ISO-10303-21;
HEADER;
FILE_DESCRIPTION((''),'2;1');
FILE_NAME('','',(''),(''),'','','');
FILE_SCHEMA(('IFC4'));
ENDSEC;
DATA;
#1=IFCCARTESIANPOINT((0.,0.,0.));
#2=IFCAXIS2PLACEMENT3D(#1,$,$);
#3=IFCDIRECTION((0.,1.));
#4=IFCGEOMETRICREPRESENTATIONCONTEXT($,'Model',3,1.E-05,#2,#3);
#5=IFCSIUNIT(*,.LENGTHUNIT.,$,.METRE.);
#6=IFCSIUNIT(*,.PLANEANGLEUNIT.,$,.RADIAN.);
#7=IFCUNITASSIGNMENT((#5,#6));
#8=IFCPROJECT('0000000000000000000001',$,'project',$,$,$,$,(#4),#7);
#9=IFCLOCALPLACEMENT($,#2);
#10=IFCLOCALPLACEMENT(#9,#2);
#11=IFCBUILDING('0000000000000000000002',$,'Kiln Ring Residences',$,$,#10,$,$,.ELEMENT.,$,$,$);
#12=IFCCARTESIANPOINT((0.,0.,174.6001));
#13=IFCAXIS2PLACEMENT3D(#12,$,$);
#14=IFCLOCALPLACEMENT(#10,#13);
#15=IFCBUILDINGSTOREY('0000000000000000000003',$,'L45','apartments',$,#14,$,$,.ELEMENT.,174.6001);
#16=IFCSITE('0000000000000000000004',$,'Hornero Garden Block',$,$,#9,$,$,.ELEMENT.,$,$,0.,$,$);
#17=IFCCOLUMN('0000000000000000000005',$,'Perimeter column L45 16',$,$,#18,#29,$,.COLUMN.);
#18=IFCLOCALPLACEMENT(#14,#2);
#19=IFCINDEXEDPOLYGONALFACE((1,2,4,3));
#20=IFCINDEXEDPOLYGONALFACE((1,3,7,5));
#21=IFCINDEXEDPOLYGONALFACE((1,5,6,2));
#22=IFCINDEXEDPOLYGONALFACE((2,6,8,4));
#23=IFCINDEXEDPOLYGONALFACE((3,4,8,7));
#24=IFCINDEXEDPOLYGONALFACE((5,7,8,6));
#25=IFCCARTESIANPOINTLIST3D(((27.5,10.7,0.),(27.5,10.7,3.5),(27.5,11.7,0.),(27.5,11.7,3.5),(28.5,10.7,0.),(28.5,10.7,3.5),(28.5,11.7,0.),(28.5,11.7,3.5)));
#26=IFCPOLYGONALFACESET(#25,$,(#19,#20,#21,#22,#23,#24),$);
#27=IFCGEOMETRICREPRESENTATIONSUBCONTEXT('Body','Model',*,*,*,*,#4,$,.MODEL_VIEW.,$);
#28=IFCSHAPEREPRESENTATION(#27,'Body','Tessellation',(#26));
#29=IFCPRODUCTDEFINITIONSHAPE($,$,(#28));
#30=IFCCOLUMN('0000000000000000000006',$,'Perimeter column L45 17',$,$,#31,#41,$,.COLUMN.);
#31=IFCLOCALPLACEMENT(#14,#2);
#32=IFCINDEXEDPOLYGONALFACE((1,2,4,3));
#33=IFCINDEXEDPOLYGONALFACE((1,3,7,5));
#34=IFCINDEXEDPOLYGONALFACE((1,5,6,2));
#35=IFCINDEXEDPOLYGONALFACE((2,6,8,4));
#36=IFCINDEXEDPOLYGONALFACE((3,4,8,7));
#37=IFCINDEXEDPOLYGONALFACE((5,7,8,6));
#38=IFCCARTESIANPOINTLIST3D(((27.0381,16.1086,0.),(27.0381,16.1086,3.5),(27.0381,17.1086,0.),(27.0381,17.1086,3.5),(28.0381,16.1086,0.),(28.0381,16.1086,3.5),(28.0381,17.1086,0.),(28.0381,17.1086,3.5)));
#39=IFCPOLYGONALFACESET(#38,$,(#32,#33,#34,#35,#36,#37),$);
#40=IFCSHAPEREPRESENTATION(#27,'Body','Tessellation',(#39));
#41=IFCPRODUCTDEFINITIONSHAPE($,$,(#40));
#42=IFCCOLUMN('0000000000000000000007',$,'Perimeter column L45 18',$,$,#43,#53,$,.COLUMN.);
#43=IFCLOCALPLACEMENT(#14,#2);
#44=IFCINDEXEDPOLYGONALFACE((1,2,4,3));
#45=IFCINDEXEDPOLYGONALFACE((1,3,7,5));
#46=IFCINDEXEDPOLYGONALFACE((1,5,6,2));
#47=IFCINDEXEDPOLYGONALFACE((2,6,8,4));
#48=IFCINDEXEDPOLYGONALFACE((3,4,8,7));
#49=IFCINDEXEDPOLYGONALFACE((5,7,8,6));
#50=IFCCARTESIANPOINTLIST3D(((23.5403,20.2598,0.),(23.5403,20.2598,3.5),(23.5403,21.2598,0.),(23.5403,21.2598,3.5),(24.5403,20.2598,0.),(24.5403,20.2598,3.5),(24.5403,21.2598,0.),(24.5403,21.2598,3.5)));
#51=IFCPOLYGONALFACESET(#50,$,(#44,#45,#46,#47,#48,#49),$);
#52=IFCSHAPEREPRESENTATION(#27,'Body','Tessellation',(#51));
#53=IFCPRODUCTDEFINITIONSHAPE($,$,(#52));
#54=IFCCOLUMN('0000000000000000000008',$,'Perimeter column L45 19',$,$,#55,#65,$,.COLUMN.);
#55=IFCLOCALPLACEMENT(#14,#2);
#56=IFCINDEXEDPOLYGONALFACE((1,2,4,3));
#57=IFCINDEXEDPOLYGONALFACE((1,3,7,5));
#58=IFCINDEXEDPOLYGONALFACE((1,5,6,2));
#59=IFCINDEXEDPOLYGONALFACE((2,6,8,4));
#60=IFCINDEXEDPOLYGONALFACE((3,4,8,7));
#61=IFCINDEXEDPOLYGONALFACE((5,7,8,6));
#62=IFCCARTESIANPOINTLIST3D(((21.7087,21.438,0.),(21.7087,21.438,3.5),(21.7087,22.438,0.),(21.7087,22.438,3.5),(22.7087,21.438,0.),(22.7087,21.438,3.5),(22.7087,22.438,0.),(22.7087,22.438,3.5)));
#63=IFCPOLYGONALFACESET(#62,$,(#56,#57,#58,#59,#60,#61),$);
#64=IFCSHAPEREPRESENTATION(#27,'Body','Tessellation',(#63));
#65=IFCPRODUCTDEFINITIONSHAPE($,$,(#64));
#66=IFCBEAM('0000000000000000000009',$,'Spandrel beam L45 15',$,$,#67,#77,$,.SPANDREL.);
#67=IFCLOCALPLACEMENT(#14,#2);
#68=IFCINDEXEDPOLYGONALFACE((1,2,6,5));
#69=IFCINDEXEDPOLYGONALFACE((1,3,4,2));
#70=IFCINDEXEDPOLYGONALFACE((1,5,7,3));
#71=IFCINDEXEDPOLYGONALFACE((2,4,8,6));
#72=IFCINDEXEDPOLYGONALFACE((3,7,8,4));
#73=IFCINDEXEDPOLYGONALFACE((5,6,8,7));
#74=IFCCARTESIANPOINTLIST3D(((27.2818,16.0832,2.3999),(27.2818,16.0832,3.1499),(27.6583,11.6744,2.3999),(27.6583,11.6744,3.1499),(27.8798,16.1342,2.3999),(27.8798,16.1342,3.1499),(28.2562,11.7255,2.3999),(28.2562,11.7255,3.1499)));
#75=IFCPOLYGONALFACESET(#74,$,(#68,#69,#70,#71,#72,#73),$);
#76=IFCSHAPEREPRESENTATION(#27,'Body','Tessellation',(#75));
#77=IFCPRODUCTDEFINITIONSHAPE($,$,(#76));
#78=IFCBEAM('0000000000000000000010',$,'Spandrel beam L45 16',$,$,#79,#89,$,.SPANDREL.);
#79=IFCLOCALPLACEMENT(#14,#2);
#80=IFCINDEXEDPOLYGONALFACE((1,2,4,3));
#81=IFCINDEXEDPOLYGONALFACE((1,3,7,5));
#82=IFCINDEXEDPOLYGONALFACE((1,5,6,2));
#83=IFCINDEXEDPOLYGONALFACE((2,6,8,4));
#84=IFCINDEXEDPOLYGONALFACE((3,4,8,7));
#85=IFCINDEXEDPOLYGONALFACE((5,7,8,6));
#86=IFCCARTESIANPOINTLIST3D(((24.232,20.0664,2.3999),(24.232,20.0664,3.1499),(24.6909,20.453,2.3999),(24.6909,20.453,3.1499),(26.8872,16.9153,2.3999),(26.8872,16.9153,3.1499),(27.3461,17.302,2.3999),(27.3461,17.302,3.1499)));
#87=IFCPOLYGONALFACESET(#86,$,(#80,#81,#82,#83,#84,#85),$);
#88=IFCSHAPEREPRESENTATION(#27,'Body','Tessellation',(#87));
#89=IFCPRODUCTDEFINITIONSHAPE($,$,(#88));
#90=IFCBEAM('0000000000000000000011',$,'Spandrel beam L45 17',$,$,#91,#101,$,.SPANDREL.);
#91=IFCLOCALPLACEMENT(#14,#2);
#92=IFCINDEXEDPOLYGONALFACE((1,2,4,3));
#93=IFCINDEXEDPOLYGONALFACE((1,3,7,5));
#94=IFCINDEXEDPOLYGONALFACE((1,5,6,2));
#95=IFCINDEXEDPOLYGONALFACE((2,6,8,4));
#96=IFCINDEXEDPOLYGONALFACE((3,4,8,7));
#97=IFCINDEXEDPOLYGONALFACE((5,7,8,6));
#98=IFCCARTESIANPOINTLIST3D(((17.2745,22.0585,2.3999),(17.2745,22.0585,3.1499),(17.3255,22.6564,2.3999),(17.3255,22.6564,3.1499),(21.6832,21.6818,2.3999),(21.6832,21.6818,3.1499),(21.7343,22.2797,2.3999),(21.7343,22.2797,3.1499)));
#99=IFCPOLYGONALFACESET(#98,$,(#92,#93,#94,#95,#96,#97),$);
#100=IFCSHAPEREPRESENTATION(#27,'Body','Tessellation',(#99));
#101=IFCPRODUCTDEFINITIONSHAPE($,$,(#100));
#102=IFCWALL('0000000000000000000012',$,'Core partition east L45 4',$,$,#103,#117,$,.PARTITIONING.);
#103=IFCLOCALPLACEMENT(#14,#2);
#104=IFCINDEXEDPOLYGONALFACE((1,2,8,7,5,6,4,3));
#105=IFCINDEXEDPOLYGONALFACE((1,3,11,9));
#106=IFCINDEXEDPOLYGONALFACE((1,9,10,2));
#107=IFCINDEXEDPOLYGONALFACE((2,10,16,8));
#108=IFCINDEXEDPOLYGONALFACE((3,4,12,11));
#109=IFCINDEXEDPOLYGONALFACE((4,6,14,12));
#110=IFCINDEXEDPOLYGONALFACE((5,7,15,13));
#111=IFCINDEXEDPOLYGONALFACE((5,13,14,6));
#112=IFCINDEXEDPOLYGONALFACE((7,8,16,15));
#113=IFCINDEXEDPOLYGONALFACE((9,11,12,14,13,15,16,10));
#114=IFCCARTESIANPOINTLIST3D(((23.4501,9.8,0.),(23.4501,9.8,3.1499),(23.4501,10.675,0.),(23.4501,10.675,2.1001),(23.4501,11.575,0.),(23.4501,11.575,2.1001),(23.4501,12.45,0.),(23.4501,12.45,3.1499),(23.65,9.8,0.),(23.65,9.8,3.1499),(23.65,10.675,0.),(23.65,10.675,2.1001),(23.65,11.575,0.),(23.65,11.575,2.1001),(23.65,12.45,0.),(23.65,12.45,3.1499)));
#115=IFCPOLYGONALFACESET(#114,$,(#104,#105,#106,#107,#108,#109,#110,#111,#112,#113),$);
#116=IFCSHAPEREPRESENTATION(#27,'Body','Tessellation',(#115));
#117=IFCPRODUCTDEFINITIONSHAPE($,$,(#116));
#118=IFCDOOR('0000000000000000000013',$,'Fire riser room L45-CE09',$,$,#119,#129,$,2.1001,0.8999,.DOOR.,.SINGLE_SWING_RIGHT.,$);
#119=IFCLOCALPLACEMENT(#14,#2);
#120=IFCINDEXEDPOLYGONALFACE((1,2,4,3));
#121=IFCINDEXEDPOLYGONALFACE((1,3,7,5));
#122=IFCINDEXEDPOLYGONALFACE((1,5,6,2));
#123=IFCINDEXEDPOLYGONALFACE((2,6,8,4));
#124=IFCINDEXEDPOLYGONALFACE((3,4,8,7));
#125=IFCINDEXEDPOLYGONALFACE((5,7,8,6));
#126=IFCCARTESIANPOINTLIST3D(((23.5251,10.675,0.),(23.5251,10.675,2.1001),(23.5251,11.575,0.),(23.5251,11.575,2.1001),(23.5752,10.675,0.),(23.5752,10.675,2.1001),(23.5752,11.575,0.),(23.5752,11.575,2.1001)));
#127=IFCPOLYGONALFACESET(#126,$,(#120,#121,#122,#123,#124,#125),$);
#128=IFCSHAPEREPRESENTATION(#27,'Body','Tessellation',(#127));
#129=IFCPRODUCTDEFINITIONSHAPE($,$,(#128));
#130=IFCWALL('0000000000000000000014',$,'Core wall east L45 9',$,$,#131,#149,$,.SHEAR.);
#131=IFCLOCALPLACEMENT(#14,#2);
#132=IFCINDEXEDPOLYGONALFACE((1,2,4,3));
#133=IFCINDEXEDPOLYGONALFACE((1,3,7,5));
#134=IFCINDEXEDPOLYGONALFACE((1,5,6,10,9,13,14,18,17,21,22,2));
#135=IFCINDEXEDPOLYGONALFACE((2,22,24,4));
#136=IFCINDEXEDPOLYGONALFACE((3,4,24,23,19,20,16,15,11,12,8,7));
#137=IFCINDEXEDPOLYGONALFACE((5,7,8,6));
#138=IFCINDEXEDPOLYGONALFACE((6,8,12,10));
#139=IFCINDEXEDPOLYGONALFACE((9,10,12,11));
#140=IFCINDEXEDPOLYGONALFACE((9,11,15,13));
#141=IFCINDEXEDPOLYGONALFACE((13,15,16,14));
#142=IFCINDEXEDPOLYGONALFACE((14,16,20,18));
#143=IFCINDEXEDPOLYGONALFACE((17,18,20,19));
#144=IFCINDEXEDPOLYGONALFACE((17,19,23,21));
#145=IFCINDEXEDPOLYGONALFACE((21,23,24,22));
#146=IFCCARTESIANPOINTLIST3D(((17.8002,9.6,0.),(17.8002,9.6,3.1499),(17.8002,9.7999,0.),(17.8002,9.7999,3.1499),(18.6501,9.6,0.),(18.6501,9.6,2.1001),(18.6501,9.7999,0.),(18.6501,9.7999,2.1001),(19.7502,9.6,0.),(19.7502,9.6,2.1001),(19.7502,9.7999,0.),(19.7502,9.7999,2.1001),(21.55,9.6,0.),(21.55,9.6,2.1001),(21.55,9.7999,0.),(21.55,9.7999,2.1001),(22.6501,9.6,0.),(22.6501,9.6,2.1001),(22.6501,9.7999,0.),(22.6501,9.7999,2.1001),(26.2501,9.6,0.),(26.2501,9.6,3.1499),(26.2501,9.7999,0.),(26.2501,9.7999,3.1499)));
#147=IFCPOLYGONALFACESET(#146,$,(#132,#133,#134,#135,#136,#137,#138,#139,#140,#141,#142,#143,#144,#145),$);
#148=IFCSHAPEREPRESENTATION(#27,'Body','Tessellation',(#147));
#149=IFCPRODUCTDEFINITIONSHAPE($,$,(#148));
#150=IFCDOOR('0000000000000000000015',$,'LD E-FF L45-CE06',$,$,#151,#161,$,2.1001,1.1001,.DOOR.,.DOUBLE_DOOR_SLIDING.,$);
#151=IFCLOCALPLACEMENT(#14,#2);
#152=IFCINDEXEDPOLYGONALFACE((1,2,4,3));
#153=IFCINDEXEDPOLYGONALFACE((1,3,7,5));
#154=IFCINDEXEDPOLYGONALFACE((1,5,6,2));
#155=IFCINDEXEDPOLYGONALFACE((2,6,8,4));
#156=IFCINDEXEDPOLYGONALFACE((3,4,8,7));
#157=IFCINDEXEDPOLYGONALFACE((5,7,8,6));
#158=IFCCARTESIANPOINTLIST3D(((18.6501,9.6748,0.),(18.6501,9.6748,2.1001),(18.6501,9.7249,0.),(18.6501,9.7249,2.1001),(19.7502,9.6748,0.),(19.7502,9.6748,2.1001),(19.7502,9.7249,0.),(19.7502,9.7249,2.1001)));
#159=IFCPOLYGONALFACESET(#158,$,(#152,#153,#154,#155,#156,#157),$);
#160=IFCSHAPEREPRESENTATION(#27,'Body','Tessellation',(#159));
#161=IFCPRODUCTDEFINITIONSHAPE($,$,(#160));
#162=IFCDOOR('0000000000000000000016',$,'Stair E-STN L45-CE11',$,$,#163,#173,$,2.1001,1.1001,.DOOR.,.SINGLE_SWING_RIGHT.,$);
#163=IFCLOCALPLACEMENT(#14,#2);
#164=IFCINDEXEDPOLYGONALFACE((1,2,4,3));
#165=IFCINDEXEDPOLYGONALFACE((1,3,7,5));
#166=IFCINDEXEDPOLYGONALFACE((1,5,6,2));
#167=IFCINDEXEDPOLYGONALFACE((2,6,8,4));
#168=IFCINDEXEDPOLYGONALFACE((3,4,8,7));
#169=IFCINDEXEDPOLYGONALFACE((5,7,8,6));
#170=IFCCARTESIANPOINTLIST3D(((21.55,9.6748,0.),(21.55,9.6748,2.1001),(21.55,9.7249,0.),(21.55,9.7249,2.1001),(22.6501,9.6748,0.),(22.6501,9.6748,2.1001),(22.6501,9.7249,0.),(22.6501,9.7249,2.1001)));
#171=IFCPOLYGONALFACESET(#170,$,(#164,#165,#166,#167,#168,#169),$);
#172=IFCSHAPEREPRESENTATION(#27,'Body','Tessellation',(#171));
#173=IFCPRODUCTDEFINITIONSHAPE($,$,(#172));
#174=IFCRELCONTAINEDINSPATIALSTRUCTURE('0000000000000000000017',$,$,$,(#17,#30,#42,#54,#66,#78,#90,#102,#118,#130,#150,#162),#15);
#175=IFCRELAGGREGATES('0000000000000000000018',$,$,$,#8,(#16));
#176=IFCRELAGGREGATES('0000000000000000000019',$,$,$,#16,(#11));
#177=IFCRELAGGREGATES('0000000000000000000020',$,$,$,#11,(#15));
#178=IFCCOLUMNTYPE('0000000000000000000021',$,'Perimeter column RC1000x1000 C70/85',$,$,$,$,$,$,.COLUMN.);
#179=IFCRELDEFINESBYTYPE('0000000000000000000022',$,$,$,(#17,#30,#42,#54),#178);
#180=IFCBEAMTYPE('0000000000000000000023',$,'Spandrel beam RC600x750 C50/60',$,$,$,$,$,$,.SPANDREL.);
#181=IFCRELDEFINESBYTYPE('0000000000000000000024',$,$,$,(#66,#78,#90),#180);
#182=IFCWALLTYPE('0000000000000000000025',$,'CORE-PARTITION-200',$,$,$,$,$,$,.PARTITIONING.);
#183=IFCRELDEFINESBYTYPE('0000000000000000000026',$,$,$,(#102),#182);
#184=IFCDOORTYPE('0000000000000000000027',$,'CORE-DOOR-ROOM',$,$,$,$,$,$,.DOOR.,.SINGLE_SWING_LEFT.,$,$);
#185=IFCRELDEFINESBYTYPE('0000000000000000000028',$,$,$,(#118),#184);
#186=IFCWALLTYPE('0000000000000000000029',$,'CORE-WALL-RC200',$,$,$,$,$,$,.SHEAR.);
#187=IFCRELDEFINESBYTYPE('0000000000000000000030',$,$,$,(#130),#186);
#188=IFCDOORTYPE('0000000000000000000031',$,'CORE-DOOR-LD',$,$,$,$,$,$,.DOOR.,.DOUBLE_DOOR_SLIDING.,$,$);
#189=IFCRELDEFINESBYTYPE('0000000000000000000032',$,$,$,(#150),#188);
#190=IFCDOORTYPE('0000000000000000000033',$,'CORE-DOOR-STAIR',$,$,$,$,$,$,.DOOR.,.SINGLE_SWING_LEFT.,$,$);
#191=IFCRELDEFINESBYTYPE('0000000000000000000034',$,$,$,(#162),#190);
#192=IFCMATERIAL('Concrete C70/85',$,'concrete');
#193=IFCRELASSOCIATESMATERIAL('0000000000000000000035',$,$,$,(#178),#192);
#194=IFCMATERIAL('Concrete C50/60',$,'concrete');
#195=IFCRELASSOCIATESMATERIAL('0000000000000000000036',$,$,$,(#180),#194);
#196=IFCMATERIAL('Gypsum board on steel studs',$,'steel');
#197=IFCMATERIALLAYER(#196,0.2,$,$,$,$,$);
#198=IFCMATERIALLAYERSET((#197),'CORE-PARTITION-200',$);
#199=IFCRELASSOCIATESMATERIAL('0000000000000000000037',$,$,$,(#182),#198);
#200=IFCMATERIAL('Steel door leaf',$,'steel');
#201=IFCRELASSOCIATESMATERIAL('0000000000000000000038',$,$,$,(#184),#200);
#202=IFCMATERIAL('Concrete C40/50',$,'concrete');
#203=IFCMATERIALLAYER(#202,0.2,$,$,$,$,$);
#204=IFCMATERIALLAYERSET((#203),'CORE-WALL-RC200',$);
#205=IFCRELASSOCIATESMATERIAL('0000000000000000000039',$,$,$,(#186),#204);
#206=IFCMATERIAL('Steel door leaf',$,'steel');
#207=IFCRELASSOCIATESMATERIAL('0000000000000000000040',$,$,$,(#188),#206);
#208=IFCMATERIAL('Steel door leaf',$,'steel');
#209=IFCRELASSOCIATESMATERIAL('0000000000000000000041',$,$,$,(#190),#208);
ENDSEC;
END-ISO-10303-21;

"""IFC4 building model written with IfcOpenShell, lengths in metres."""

from ifc_helpers import new_model, si_unit, direction, frame, frame_2d, origin, origin_2d, place, context, subcontext, project, spatial, rectangle, extrude, material, layer, layer_set, material_profile, profile_set, type_object, element, fill, save


model = new_model("IFC4")

# Units and contexts
model_context = context("Model", 3, precision=1e-05, world=origin(), true_north=direction((0.0, 1.0)))
body_context = subcontext(model_context, "Body", "Model", "MODEL_VIEW")
ifc_project = project(units=[si_unit("LENGTHUNIT", "METRE"), si_unit("PLANEANGLEUNIT", "RADIAN")], contexts=[model_context])

# Site, building, storey
site_placement = place(None, origin())
site = spatial("IfcSite", under=ifc_project, at=site_placement, Name="Hornero Garden Block", CompositionType="ELEMENT", RefElevation=0.0)
building_placement = place(site_placement, origin())
building = spatial("IfcBuilding", under=site, at=building_placement, Name="Kiln Ring Residences", CompositionType="ELEMENT")
storey_placement = place(building_placement, frame((0.0, 0.0, 174.6001)))
storey = spatial("IfcBuildingStorey", under=building, at=storey_placement, Name="L45", Description="apartments", CompositionType="ELEMENT", Elevation=174.6001)

# Columns
ifc_material_1 = material(Name="Concrete C70/85", Category="concrete")
ifc_material_profile_1 = material_profile(ifc_material_1, rectangle(XDim=1.0, YDim=1.0, at=origin_2d()), Name="RC1000x1000")
ifc_profile_set_1 = profile_set([ifc_material_profile_1], Name="Concrete C70/85")
column_type = type_object("IfcColumnType", Name="Perimeter column RC1000x1000 C70/85", PredefinedType="COLUMN", material=ifc_profile_set_1)
for number, where, z_axis, x_axis, name in (
    (1, (28.0, 11.2, 0.0), (0.0, 0.0, 1.0), (1.0, 0.0, 0.0), "Perimeter column L45 16"),
    (2, (27.5381, 16.6086, 0.0), (0.0, 0.0, 1.0), (1.0, 0.0, 0.0), "Perimeter column L45 17"),
    (3, (24.0403, 20.7598, 0.0), (0.0, 0.0, 1.0), (1.0, 0.0, 0.0), "Perimeter column L45 18"),
    (4, (22.2087, 21.938, 0.0), (0.0, 0.0, 1.0), (1.0, 0.0, 0.0), "Perimeter column L45 19"),
):
    element("IfcColumn", number, at=place(storey_placement, frame(where, z_axis=z_axis, x_axis=x_axis)), inside=storey, type_object=column_type, Name=name, PredefinedType="COLUMN", context=body_context, shape_type="SweptSolid", body=[
        extrude(rectangle(XDim=1.0, YDim=1.0, at=origin_2d()), origin(), (0.0, 0.0, 1.0), 3.5),
    ])

# Beams
ifc_material_2 = material(Name="Concrete C50/60", Category="concrete")
ifc_material_profile_2 = material_profile(ifc_material_2, rectangle(XDim=0.6001, YDim=0.75, at=origin_2d()), Name="RC600x750")
ifc_profile_set_2 = profile_set([ifc_material_profile_2], Name="Concrete C50/60")
beam_type = type_object("IfcBeamType", Name="Spandrel beam RC600x750 C50/60", PredefinedType="SPANDREL", material=ifc_profile_set_2)
beam_1_placement = place(storey_placement, frame((27.9573, 11.7, 2.7749), z_axis=(-0.085082, 0.996374, 0.0), x_axis=(-0.996374, -0.085082, 0.0)))
element("IfcBeam", 5, at=beam_1_placement, inside=storey, type_object=beam_type, Name="Spandrel beam L45 15", PredefinedType="SPANDREL", context=body_context, shape_type="SweptSolid", body=[
    extrude(rectangle(XDim=0.6001, YDim=0.75, at=origin_2d()), origin(), (0.0, 0.0, 1.0), 4.4248),
])
beam_2_placement = place(storey_placement, frame((27.1167, 17.1086, 2.7749), z_axis=(-0.644377, 0.764708, 0.0), x_axis=(-0.764708, -0.644377, 0.0)))
element("IfcBeam", 6, at=beam_2_placement, inside=storey, type_object=beam_type, Name="Spandrel beam L45 16", PredefinedType="SPANDREL", context=body_context, shape_type="SweptSolid", body=[
    extrude(rectangle(XDim=0.6001, YDim=0.75, at=origin_2d()), origin(), (0.0, 0.0, 1.0), 4.1206),
])
beam_3_placement = place(storey_placement, frame((21.7087, 21.9807, 2.7749), z_axis=(-0.996369, 0.085137, 0.0), x_axis=(-0.085137, -0.996369, 0.0)))
element("IfcBeam", 7, at=beam_3_placement, inside=storey, type_object=beam_type, Name="Spandrel beam L45 17", PredefinedType="SPANDREL", context=body_context, shape_type="SweptSolid", body=[
    extrude(rectangle(XDim=0.6001, YDim=0.75, at=origin_2d()), origin(), (0.0, 0.0, 1.0), 4.4248),
])

# Wall, opening, door
ifc_material_3 = material(Name="Gypsum board on steel studs", Category="steel")
ifc_layer_1 = layer(ifc_material_3, 0.2)
ifc_layer_set_1 = layer_set([ifc_layer_1], Name="CORE-PARTITION-200")
wall_type_1 = type_object("IfcWallType", Name="CORE-PARTITION-200", PredefinedType="PARTITIONING", material=ifc_layer_set_1)
wall_1_placement = place(storey_placement, frame((23.55, 9.8, 0.0), z_axis=(0.0, 0.0, 1.0), x_axis=(0.0, 1.0, 0.0)))
wall_1 = element("IfcWall", 8, at=wall_1_placement, inside=storey, type_object=wall_type_1, Name="Core partition east L45 4", PredefinedType="PARTITIONING", context=body_context, shape_type="SweptSolid", body=[
    extrude(rectangle(XDim=2.6499, YDim=0.2, at=frame_2d((1.325, 0.0))), origin(), (0.0, 0.0, 1.0), 3.1499),
])
opening_1_placement = place(wall_1_placement, frame((0.875, 0.0, 0.0)))
opening_1 = element("IfcOpeningElement", 9, at=opening_1_placement, cuts=wall_1, PredefinedType="OPENING", context=body_context, shape_type="SweptSolid", body=[
    extrude(rectangle(XDim=0.8999, YDim=2.1001, at=frame_2d((0.45, 1.05))), frame((0.0, 0.1099, 0.0), z_axis=(0.0, -1.0, 0.0), x_axis=(1.0, 0.0, 0.0)), (0.0, 0.0, 1.0), 0.22),
])
ifc_material_4 = material(Name="Steel door leaf", Category="steel")
door_type_1 = type_object("IfcDoorType", Name="CORE-DOOR-ROOM", OperationType="SINGLE_SWING_LEFT", PredefinedType="DOOR", material=ifc_material_4)
door_1_placement = place(opening_1_placement, origin())
door_1 = element("IfcDoor", 10, at=door_1_placement, inside=storey, type_object=door_type_1, Name="Fire riser room L45-CE09", OperationType="SINGLE_SWING_RIGHT", OverallHeight=2.1001, OverallWidth=0.8999, PredefinedType="DOOR", context=body_context, shape_type="SweptSolid", body=[
    extrude(rectangle(XDim=0.8999, YDim=2.1001, at=frame_2d((0.45, 1.05))), frame((0.0, 0.0249, 0.0), z_axis=(0.0, -1.0, 0.0), x_axis=(1.0, 0.0, 0.0)), (0.0, 0.0, 1.0), 0.05),
])
fill(opening_1, door_1)

# Wall, openings, doors
ifc_material_5 = material(Name="Concrete C40/50", Category="concrete")
ifc_layer_2 = layer(ifc_material_5, 0.2)
ifc_layer_set_2 = layer_set([ifc_layer_2], Name="CORE-WALL-RC200")
wall_type_2 = type_object("IfcWallType", Name="CORE-WALL-RC200", PredefinedType="SHEAR", material=ifc_layer_set_2)
wall_2_placement = place(storey_placement, frame((17.8, 9.7, 0.0), z_axis=(0.0, 0.0, 1.0), x_axis=(1.0, 0.0, 0.0)))
wall_2 = element("IfcWall", 11, at=wall_2_placement, inside=storey, type_object=wall_type_2, Name="Core wall east L45 9", PredefinedType="SHEAR", context=body_context, shape_type="SweptSolid", body=[
    extrude(rectangle(XDim=8.45, YDim=0.2, at=frame_2d((4.2251, 0.0))), origin(), (0.0, 0.0, 1.0), 3.1499),
])
opening_2_placement = place(wall_2_placement, frame((0.8501, 0.0, 0.0)))
opening_2 = element("IfcOpeningElement", 12, at=opening_2_placement, cuts=wall_2, PredefinedType="OPENING", context=body_context, shape_type="SweptSolid", body=[
    extrude(rectangle(XDim=1.1001, YDim=2.1001, at=frame_2d((0.55, 1.05))), frame((0.0, 0.1099, 0.0), z_axis=(0.0, -1.0, 0.0), x_axis=(1.0, 0.0, 0.0)), (0.0, 0.0, 1.0), 0.22),
])
opening_3_placement = place(wall_2_placement, frame((3.75, 0.0, 0.0)))
opening_3 = element("IfcOpeningElement", 13, at=opening_3_placement, cuts=wall_2, PredefinedType="OPENING", context=body_context, shape_type="SweptSolid", body=[
    extrude(rectangle(XDim=1.1001, YDim=2.1001, at=frame_2d((0.55, 1.05))), frame((0.0, 0.1099, 0.0), z_axis=(0.0, -1.0, 0.0), x_axis=(1.0, 0.0, 0.0)), (0.0, 0.0, 1.0), 0.22),
])
ifc_material_6 = material(Name="Steel door leaf", Category="steel")
door_type_2 = type_object("IfcDoorType", Name="CORE-DOOR-LD", OperationType="DOUBLE_DOOR_SLIDING", PredefinedType="DOOR", material=ifc_material_6)
door_2_placement = place(opening_2_placement, origin())
door_2 = element("IfcDoor", 14, at=door_2_placement, inside=storey, type_object=door_type_2, Name="LD E-FF L45-CE06", OperationType="DOUBLE_DOOR_SLIDING", OverallHeight=2.1001, OverallWidth=1.1001, PredefinedType="DOOR", context=body_context, shape_type="SweptSolid", body=[
    extrude(rectangle(XDim=1.1001, YDim=2.1001, at=frame_2d((0.55, 1.05))), frame((0.0, 0.0249, 0.0), z_axis=(0.0, -1.0, 0.0), x_axis=(1.0, 0.0, 0.0)), (0.0, 0.0, 1.0), 0.05),
])
fill(opening_2, door_2)
ifc_material_7 = material(Name="Steel door leaf", Category="steel")
door_type_3 = type_object("IfcDoorType", Name="CORE-DOOR-STAIR", OperationType="SINGLE_SWING_LEFT", PredefinedType="DOOR", material=ifc_material_7)
door_3_placement = place(opening_3_placement, origin())
door_3 = element("IfcDoor", 15, at=door_3_placement, inside=storey, type_object=door_type_3, Name="Stair E-STN L45-CE11", OperationType="SINGLE_SWING_RIGHT", OverallHeight=2.1001, OverallWidth=1.1001, PredefinedType="DOOR", context=body_context, shape_type="SweptSolid", body=[
    extrude(rectangle(XDim=1.1001, YDim=2.1001, at=frame_2d((0.55, 1.05))), frame((0.0, 0.0249, 0.0), z_axis=(0.0, -1.0, 0.0), x_axis=(1.0, 0.0, 0.0)), (0.0, 0.0, 1.0), 0.05),
])
fill(opening_3, door_3)

save(model, "model.ifc")
